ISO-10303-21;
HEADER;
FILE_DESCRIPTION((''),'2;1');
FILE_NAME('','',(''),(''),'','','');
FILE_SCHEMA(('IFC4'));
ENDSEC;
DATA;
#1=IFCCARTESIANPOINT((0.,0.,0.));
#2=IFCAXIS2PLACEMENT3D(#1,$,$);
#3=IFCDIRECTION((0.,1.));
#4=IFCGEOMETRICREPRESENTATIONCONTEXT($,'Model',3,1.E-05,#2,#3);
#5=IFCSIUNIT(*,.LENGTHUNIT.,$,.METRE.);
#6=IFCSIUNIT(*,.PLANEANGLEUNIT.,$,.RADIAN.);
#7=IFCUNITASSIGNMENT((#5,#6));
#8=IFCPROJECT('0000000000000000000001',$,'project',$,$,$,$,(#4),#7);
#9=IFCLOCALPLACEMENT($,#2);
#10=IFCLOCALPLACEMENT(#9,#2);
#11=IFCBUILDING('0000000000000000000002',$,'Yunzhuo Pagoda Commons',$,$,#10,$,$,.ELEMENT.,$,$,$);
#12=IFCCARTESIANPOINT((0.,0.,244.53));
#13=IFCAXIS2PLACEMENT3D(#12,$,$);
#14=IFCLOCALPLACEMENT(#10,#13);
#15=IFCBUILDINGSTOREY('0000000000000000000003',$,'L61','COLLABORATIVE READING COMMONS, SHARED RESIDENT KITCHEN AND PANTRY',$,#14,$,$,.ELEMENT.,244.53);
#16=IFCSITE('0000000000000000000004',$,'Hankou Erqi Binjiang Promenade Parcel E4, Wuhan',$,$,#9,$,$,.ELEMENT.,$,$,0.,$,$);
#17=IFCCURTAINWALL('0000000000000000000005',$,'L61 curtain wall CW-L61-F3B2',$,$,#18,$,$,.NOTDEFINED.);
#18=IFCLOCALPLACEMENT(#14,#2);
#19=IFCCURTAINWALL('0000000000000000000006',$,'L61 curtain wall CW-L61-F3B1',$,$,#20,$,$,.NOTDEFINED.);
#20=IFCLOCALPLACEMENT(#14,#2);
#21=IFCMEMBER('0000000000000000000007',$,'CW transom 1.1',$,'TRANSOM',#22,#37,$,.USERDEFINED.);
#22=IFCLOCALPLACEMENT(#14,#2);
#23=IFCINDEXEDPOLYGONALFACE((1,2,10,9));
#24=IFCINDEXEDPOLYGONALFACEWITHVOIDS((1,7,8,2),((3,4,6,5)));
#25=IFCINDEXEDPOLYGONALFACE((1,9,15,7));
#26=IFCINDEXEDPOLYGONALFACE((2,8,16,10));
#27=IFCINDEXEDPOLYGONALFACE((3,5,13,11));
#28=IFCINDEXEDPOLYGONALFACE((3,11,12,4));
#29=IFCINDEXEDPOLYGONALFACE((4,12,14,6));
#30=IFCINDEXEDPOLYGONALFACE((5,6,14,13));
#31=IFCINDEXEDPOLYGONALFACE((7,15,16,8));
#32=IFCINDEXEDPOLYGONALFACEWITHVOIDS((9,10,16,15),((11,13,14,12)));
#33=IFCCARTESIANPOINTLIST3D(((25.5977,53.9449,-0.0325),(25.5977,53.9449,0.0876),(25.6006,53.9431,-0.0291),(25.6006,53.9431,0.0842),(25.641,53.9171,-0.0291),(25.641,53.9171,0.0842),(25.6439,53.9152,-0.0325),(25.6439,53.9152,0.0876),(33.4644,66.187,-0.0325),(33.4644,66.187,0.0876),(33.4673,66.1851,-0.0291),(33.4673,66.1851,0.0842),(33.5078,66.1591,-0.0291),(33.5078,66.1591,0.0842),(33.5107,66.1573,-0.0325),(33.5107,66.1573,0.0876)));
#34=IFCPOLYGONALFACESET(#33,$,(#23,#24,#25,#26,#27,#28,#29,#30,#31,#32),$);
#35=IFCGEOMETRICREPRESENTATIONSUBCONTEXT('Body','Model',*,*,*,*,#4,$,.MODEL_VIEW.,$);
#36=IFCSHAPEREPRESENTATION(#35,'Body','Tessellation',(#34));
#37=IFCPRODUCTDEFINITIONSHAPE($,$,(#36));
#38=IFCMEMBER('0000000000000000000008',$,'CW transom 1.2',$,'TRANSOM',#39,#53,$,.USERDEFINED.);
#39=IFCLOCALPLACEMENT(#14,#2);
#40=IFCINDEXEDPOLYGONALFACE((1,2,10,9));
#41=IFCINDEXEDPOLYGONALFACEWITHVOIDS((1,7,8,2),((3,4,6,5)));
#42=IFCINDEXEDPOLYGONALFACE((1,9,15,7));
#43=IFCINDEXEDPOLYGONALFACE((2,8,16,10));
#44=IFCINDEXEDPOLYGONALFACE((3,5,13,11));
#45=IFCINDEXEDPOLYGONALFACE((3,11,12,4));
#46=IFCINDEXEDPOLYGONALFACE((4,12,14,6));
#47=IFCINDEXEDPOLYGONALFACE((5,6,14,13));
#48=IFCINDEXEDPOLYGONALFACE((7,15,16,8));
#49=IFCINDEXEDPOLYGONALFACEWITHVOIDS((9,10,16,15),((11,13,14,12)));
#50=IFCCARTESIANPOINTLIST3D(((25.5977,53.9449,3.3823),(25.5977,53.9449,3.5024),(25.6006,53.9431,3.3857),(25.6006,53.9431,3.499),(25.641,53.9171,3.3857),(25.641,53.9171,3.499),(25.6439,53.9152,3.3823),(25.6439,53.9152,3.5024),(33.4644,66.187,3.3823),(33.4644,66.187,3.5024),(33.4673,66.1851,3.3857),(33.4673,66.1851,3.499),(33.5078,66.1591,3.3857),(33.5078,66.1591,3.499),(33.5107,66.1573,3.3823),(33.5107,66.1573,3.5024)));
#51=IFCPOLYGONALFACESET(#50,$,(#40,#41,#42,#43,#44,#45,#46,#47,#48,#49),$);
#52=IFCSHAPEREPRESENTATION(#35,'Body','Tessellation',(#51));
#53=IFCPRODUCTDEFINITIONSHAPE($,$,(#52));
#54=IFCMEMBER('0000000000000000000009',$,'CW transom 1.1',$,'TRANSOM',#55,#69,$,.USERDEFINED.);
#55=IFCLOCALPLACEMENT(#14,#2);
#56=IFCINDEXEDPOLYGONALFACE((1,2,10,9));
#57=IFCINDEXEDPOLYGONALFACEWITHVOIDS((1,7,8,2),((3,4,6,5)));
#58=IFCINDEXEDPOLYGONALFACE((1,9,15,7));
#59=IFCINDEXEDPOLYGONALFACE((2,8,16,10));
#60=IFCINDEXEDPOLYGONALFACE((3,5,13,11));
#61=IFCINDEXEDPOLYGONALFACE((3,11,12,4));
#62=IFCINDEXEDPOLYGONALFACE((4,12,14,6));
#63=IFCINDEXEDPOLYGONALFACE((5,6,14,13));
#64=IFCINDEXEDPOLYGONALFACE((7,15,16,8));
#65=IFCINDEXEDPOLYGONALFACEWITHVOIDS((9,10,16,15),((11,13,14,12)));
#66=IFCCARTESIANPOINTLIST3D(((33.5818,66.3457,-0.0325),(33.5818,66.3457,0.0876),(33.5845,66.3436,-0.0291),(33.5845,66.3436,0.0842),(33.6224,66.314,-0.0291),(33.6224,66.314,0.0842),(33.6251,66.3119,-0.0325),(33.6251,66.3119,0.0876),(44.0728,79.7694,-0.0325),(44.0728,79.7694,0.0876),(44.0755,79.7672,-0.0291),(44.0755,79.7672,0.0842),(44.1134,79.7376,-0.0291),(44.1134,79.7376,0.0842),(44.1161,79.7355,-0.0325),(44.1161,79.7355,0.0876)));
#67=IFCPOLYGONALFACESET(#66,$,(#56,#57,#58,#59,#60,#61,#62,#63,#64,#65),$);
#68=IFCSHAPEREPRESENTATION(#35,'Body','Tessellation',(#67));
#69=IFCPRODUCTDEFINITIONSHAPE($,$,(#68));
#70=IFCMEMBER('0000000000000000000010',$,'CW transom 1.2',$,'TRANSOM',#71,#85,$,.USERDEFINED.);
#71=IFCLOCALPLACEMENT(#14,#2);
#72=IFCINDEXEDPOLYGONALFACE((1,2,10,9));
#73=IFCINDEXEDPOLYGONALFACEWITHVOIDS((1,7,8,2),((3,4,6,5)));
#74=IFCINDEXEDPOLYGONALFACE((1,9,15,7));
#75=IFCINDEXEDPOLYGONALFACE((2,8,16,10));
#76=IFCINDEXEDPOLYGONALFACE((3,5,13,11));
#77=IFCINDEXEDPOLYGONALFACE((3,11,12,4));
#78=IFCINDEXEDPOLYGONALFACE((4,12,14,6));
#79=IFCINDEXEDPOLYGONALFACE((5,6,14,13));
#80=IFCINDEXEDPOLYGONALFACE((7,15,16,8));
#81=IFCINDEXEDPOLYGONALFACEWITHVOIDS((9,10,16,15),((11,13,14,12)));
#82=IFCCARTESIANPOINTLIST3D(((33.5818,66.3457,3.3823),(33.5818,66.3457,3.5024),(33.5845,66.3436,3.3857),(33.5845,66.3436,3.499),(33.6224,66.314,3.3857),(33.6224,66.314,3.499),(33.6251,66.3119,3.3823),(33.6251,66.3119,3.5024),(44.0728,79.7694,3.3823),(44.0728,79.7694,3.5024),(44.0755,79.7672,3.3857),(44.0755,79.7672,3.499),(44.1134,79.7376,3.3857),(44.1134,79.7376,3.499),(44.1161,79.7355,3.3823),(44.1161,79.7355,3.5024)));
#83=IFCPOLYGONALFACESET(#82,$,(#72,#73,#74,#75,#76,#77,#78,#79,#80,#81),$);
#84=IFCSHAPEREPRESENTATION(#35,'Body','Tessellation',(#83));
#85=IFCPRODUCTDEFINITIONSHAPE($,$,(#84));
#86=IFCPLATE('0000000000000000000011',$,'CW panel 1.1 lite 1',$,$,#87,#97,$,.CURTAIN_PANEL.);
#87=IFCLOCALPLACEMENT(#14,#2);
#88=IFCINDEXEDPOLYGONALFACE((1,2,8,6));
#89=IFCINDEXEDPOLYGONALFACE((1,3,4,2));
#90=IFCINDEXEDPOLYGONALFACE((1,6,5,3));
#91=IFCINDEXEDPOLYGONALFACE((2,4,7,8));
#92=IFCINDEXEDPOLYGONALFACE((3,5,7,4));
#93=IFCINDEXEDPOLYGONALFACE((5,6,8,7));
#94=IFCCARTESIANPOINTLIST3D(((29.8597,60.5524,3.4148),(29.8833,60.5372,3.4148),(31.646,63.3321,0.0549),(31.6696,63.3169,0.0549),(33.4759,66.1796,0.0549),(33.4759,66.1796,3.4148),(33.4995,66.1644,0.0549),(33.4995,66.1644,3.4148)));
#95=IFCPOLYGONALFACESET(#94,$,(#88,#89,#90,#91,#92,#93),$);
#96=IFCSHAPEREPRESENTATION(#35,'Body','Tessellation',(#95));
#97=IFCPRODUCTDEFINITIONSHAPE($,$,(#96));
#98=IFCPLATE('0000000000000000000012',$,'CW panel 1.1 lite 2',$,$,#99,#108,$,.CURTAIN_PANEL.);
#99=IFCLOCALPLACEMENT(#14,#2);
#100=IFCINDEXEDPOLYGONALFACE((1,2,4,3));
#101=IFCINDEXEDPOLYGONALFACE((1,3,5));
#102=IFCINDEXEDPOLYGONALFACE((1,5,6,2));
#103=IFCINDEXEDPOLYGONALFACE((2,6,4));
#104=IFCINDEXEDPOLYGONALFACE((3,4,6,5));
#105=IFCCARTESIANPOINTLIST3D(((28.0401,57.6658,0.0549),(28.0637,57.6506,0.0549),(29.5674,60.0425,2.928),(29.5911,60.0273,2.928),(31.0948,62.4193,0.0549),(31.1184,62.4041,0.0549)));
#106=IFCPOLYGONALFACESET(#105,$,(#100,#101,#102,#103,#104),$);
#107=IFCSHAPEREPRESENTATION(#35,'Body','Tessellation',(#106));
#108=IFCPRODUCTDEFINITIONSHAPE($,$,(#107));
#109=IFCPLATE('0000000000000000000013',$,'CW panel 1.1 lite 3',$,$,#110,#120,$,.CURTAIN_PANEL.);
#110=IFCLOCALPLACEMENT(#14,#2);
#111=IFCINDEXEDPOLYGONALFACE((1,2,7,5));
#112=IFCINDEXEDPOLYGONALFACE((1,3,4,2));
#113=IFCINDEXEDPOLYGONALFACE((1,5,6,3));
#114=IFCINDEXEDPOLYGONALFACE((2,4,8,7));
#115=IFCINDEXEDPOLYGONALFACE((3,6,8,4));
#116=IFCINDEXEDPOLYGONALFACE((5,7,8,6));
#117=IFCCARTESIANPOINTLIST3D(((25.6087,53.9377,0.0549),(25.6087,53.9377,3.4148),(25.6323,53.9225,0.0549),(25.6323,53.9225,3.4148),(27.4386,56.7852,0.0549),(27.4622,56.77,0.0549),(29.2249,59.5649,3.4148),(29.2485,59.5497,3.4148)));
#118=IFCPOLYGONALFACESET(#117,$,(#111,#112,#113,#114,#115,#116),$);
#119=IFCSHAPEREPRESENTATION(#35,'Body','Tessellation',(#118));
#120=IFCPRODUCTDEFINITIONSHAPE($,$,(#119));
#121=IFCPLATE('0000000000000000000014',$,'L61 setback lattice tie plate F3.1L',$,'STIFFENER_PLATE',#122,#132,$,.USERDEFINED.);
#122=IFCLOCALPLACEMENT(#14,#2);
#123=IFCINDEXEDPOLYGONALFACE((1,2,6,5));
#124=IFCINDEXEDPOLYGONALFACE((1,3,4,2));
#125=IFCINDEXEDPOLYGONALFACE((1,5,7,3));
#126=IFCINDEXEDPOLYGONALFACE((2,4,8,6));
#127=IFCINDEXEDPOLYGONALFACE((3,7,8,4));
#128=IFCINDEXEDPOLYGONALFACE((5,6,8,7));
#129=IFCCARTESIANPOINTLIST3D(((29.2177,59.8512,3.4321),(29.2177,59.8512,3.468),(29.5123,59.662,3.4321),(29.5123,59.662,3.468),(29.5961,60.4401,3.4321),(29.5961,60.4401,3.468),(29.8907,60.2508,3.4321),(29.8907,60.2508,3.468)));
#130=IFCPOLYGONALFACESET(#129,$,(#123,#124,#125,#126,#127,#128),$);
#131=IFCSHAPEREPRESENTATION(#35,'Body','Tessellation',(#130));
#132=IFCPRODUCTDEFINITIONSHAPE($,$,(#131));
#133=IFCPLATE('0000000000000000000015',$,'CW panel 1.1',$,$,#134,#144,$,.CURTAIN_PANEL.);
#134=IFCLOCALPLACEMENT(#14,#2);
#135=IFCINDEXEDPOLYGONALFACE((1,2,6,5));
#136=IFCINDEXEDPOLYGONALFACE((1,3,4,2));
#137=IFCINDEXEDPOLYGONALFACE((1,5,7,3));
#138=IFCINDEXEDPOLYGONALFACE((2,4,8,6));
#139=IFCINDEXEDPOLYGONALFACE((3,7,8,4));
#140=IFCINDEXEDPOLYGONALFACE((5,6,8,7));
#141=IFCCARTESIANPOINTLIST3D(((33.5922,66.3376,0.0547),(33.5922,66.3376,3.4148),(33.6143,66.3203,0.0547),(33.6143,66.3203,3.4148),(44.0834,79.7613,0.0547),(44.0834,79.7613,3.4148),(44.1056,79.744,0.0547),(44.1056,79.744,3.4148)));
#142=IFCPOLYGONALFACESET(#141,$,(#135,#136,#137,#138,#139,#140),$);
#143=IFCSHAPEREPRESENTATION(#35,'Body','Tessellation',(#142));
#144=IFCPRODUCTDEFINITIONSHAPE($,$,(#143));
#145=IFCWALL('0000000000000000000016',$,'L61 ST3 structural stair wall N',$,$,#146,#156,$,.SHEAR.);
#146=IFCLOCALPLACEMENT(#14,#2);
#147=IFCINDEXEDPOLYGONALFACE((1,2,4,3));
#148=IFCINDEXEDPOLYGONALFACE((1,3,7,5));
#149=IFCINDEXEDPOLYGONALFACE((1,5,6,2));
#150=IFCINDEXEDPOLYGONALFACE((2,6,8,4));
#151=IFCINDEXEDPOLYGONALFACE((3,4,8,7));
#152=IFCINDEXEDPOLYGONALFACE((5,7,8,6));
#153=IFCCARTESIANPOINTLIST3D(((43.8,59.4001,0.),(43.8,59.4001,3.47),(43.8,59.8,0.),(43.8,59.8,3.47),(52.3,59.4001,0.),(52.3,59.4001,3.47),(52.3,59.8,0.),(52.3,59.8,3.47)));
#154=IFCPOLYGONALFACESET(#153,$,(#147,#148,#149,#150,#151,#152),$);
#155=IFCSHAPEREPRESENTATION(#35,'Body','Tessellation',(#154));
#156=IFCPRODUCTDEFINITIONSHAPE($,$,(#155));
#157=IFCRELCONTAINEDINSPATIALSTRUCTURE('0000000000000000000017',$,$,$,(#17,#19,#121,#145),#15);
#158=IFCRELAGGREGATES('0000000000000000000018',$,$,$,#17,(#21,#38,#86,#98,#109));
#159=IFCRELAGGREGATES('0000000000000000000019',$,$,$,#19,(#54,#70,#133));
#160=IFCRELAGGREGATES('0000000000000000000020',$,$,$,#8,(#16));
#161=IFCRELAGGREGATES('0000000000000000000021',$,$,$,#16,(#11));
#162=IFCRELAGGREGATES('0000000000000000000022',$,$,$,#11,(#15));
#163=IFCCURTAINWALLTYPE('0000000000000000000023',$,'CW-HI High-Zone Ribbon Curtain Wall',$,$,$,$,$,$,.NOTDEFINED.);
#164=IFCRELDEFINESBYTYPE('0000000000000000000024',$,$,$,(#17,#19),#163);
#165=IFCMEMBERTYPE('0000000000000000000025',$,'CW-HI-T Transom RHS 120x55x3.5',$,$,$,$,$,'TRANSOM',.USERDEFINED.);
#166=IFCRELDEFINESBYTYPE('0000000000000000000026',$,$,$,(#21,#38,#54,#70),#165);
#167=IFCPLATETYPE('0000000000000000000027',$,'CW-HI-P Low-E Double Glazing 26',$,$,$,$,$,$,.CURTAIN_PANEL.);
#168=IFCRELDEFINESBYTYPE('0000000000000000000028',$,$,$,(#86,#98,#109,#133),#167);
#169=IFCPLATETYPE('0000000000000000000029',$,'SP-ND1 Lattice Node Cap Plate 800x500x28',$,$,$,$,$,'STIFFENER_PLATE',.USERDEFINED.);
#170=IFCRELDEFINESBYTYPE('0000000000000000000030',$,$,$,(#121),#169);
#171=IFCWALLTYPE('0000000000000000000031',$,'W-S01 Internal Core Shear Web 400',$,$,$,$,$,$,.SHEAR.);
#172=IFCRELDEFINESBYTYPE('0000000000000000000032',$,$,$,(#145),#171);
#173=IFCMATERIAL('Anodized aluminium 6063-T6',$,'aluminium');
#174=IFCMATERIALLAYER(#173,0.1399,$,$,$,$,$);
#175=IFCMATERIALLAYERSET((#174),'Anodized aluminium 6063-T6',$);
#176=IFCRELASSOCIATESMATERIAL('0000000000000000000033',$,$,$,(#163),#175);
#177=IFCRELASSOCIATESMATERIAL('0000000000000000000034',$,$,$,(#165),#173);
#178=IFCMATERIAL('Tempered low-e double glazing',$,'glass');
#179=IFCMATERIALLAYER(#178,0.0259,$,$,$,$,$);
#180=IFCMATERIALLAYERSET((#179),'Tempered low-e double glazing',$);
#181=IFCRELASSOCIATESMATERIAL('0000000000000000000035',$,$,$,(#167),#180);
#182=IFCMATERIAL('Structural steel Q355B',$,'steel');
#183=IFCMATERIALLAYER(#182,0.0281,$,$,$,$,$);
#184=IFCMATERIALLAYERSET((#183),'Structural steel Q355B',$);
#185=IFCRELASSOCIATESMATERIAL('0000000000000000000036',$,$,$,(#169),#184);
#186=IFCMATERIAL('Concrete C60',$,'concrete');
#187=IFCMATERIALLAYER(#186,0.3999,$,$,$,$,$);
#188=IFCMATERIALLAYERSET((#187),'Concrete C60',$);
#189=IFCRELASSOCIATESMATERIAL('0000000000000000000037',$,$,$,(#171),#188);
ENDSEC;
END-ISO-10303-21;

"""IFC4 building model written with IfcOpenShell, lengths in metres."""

from ifc_helpers import new_model, si_unit, direction, frame, frame_2d, origin, origin_2d, place, context, subcontext, project, spatial, polyline, rectangle, hollow_rectangle, outline, extrude, source, transform, mapped, material, layer, layer_set, material_profile, profile_set, type_object, element, aggregate, save


model = new_model("IFC4")

# Units and contexts
model_context = context("Model", 3, precision=1e-05, world=origin(), true_north=direction((0.0, 1.0)))
body_context = subcontext(model_context, "Body", "Model", "MODEL_VIEW")
ifc_project = project(units=[si_unit("LENGTHUNIT", "METRE"), si_unit("PLANEANGLEUNIT", "RADIAN")], contexts=[model_context])

# Site, building, storey
site_placement = place(None, origin())
site = spatial("IfcSite", under=ifc_project, at=site_placement, Name="Hankou Erqi Binjiang Promenade Parcel E4, Wuhan", CompositionType="ELEMENT", RefElevation=0.0)
building_placement = place(site_placement, origin())
building = spatial("IfcBuilding", under=site, at=building_placement, Name="Yunzhuo Pagoda Commons", CompositionType="ELEMENT")
storey_placement = place(building_placement, frame((0.0, 0.0, 244.53)))
storey = spatial("IfcBuildingStorey", under=building, at=storey_placement, Name="L61", Description="COLLABORATIVE READING COMMONS, SHARED RESIDENT KITCHEN AND PANTRY", CompositionType="ELEMENT", Elevation=244.53)

# Shared definitions
ifc_material_1 = material(Name="Structural steel Q355B", Category="steel")

# Curtain wall
ifc_material_2 = material(Name="Anodized aluminium 6063-T6", Category="aluminium")
ifc_layer_1 = layer(ifc_material_2, 0.1399)
ifc_layer_set_1 = layer_set([ifc_layer_1], Name="Anodized aluminium 6063-T6")
curtain_wall_type = type_object("IfcCurtainWallType", Name="CW-HI High-Zone Ribbon Curtain Wall", PredefinedType="NOTDEFINED", material=ifc_layer_set_1)
curtain_wall_1_placement = place(storey_placement, origin())
curtain_wall_1 = element("IfcCurtainWall", 1, at=curtain_wall_1_placement, inside=storey, type_object=curtain_wall_type, Name="L61 curtain wall CW-L61-F3B2", PredefinedType="NOTDEFINED")

# Curtain wall
curtain_wall_2_placement = place(storey_placement, origin())
curtain_wall_2 = element("IfcCurtainWall", 2, at=curtain_wall_2_placement, inside=storey, type_object=curtain_wall_type, Name="L61 curtain wall CW-L61-F3B1", PredefinedType="NOTDEFINED")

# Members
ifc_material_profile_1 = material_profile(ifc_material_2, hollow_rectangle(XDim=0.0549, YDim=0.1201, WallThickness=0.0034, at=origin_2d()), Name="Anodized aluminium 6063-T6")
ifc_profile_set_1 = profile_set([ifc_material_profile_1], Name="Anodized aluminium 6063-T6")
member_type_1 = type_object("IfcMemberType", Name="CW-HI-T Transom RHS 120x55x3.5", ElementType="TRANSOM", PredefinedType="USERDEFINED", material=ifc_profile_set_1)
shared_shape_1 = source(origin(), body_context, "Body", "SweptSolid", [
    extrude(hollow_rectangle(XDim=0.0549, YDim=0.1201, WallThickness=0.0034, at=origin_2d()), origin(), (0.0, 0.0, 1.0), 14.5518),
])
member_1_placement = place(storey_placement, frame((33.4875, 66.1721, 0.0276), z_axis=(-0.540606, -0.841276, 0.0), x_axis=(0.841276, -0.540606, 0.0)))
member_1 = element("IfcMember", 3, at=member_1_placement, type_object=member_type_1, Name="CW transom 1.1", ObjectType="TRANSOM", PredefinedType="USERDEFINED", context=body_context, shape_type="MappedRepresentation", body=[
    mapped(shared_shape_1, transform((0.0, 0.0, 0.0), scale=1.0)),
])
member_2_placement = place(storey_placement, frame((33.4875, 66.1721, 3.4424), z_axis=(-0.540606, -0.841276, 0.0), x_axis=(0.841276, -0.540606, 0.0)))
member_2 = element("IfcMember", 4, at=member_2_placement, type_object=member_type_1, Name="CW transom 1.2", ObjectType="TRANSOM", PredefinedType="USERDEFINED", context=body_context, shape_type="MappedRepresentation", body=[
    mapped(shared_shape_1, transform((0.0, 0.0, 0.0), scale=1.0)),
])
shared_shape_2 = source(origin(), body_context, "Body", "SweptSolid", [
    extrude(hollow_rectangle(XDim=0.0549, YDim=0.1201, WallThickness=0.0034, at=origin_2d()), origin(), (0.0, 0.0, 1.0), 17.0369),
])
member_3_placement = place(storey_placement, frame((44.0945, 79.7524, 0.0276), z_axis=(-0.615782, -0.787916, 0.0), x_axis=(0.787916, -0.615782, 0.0)))
member_3 = element("IfcMember", 5, at=member_3_placement, type_object=member_type_1, Name="CW transom 1.1", ObjectType="TRANSOM", PredefinedType="USERDEFINED", context=body_context, shape_type="MappedRepresentation", body=[
    mapped(shared_shape_2, transform((0.0, 0.0, 0.0), scale=1.0)),
])
member_4_placement = place(storey_placement, frame((44.0945, 79.7524, 3.4424), z_axis=(-0.615782, -0.787916, 0.0), x_axis=(0.787916, -0.615782, 0.0)))
member_4 = element("IfcMember", 6, at=member_4_placement, type_object=member_type_1, Name="CW transom 1.2", ObjectType="TRANSOM", PredefinedType="USERDEFINED", context=body_context, shape_type="MappedRepresentation", body=[
    mapped(shared_shape_2, transform((0.0, 0.0, 0.0), scale=1.0)),
])

# Plates
ifc_material_3 = material(Name="Tempered low-e double glazing", Category="glass")
ifc_layer_2 = layer(ifc_material_3, 0.0259)
ifc_layer_set_2 = layer_set([ifc_layer_2], Name="Tempered low-e double glazing")
plate_type_1 = type_object("IfcPlateType", Name="CW-HI-P Low-E Double Glazing 26", PredefinedType="CURTAIN_PANEL", material=ifc_layer_set_2)
plate_1_placement = place(storey_placement, frame((31.6914, 63.3508, 1.7349), z_axis=(-0.841269, 0.540617, 0.0), x_axis=(-0.540617, -0.841269, 0.0)))
plate_1 = element("IfcPlate", 7, at=plate_1_placement, type_object=plate_type_1, Name="CW panel 1.1 lite 1", PredefinedType="CURTAIN_PANEL", context=body_context, shape_type="SweptSolid", body=[
    extrude(outline(polyline([(-3.3445, -1.6799), (0.0403, -1.6799), (3.3445, 1.6799), (-3.3445, 1.6799), (-3.3445, -1.6799)])), origin(), (0.0, 0.0, 1.0), 0.0281),
])
plate_2_placement = place(storey_placement, frame((29.5911, 60.0273, 1.4915), z_axis=(-0.841269, 0.540617, 0.0), x_axis=(-0.540617, -0.841269, 0.0)))
plate_2 = element("IfcPlate", 8, at=plate_2_placement, type_object=plate_type_1, Name="CW panel 1.1 lite 2", PredefinedType="CURTAIN_PANEL", context=body_context, shape_type="SweptSolid", body=[
    extrude(outline(polyline([(-2.8252, -1.4365), (2.8252, -1.4365), (0.0, 1.4365), (-2.8252, -1.4365)])), origin(), (0.0, 0.0, 1.0), 0.0281),
])
plate_3_placement = place(storey_placement, frame((27.4404, 56.7361, 1.7349), z_axis=(-0.841269, 0.540617, 0.0), x_axis=(-0.540617, -0.841269, 0.0)))
plate_3 = element("IfcPlate", 9, at=plate_3_placement, type_object=plate_type_1, Name="CW panel 1.1 lite 3", PredefinedType="CURTAIN_PANEL", context=body_context, shape_type="SweptSolid", body=[
    extrude(outline(polyline([(-3.3445, 1.6799), (-0.0403, -1.6799), (3.3445, -1.6799), (3.3445, 1.6799), (-3.3445, 1.6799)])), origin(), (0.0, 0.0, 1.0), 0.0281),
])
aggregate(curtain_wall_1, [member_1, member_2, plate_1, plate_2, plate_3])
ifc_layer_3 = layer(ifc_material_1, 0.0281)
ifc_layer_set_3 = layer_set([ifc_layer_3], Name="Structural steel Q355B")
plate_type_2 = type_object("IfcPlateType", Name="SP-ND1 Lattice Node Cap Plate 800x500x28", ElementType="STIFFENER_PLATE", PredefinedType="USERDEFINED", material=ifc_layer_set_3)
shared_shape_3 = source(origin(), body_context, "Body", "SweptSolid", [
    extrude(rectangle(XDim=0.7, YDim=0.3501, at=origin_2d()), origin(), (0.0, 0.0, 1.0), 0.0359),
])
plate_4_placement = place(storey_placement, frame((29.5542, 60.051, 3.4321), z_axis=(0.0, 0.0, 1.0), x_axis=(-0.540622, -0.841266, 0.0)))
element("IfcPlate", 10, at=plate_4_placement, inside=storey, type_object=plate_type_2, Name="L61 setback lattice tie plate F3.1L", ObjectType="STIFFENER_PLATE", PredefinedType="USERDEFINED", context=body_context, shape_type="MappedRepresentation", body=[
    mapped(shared_shape_3, transform((0.0, 0.0, 0.0), scale=1.0)),
])
shared_shape_4 = source(origin(), body_context, "Body", "SweptSolid", [
    extrude(rectangle(XDim=17.0371, YDim=0.0281, at=origin_2d()), origin(), (0.0, 0.0, 1.0), 3.3601),
])
plate_5_placement = place(storey_placement, frame((38.8489, 73.0408, 0.0547), z_axis=(0.0, 0.0, 1.0), x_axis=(-0.615789, -0.787911, 0.0)))
plate_5 = element("IfcPlate", 11, at=plate_5_placement, type_object=plate_type_1, Name="CW panel 1.1", PredefinedType="CURTAIN_PANEL", context=body_context, shape_type="MappedRepresentation", body=[
    mapped(shared_shape_4, transform((0.0, 0.0, 0.0), scale=1.0)),
])
aggregate(curtain_wall_2, [member_3, member_4, plate_5])

# Wall
ifc_material_4 = material(Name="Concrete C60", Category="concrete")
ifc_layer_4 = layer(ifc_material_4, 0.3999)
ifc_layer_set_4 = layer_set([ifc_layer_4], Name="Concrete C60")
wall_type = type_object("IfcWallType", Name="W-S01 Internal Core Shear Web 400", PredefinedType="SHEAR", material=ifc_layer_set_4)
wall_placement = place(storey_placement, frame((43.8, 59.6001, 0.0), z_axis=(0.0, 0.0, 1.0), x_axis=(1.0, 0.0, 0.0)))
element("IfcWall", 12, at=wall_placement, inside=storey, type_object=wall_type, Name="L61 ST3 structural stair wall N", PredefinedType="SHEAR", context=body_context, shape_type="SweptSolid", body=[
    extrude(rectangle(XDim=8.5, YDim=0.3999, at=frame_2d((4.25, 0.0))), origin(), (0.0, 0.0, 1.0), 3.47),
])

save(model, "model.ifc")
